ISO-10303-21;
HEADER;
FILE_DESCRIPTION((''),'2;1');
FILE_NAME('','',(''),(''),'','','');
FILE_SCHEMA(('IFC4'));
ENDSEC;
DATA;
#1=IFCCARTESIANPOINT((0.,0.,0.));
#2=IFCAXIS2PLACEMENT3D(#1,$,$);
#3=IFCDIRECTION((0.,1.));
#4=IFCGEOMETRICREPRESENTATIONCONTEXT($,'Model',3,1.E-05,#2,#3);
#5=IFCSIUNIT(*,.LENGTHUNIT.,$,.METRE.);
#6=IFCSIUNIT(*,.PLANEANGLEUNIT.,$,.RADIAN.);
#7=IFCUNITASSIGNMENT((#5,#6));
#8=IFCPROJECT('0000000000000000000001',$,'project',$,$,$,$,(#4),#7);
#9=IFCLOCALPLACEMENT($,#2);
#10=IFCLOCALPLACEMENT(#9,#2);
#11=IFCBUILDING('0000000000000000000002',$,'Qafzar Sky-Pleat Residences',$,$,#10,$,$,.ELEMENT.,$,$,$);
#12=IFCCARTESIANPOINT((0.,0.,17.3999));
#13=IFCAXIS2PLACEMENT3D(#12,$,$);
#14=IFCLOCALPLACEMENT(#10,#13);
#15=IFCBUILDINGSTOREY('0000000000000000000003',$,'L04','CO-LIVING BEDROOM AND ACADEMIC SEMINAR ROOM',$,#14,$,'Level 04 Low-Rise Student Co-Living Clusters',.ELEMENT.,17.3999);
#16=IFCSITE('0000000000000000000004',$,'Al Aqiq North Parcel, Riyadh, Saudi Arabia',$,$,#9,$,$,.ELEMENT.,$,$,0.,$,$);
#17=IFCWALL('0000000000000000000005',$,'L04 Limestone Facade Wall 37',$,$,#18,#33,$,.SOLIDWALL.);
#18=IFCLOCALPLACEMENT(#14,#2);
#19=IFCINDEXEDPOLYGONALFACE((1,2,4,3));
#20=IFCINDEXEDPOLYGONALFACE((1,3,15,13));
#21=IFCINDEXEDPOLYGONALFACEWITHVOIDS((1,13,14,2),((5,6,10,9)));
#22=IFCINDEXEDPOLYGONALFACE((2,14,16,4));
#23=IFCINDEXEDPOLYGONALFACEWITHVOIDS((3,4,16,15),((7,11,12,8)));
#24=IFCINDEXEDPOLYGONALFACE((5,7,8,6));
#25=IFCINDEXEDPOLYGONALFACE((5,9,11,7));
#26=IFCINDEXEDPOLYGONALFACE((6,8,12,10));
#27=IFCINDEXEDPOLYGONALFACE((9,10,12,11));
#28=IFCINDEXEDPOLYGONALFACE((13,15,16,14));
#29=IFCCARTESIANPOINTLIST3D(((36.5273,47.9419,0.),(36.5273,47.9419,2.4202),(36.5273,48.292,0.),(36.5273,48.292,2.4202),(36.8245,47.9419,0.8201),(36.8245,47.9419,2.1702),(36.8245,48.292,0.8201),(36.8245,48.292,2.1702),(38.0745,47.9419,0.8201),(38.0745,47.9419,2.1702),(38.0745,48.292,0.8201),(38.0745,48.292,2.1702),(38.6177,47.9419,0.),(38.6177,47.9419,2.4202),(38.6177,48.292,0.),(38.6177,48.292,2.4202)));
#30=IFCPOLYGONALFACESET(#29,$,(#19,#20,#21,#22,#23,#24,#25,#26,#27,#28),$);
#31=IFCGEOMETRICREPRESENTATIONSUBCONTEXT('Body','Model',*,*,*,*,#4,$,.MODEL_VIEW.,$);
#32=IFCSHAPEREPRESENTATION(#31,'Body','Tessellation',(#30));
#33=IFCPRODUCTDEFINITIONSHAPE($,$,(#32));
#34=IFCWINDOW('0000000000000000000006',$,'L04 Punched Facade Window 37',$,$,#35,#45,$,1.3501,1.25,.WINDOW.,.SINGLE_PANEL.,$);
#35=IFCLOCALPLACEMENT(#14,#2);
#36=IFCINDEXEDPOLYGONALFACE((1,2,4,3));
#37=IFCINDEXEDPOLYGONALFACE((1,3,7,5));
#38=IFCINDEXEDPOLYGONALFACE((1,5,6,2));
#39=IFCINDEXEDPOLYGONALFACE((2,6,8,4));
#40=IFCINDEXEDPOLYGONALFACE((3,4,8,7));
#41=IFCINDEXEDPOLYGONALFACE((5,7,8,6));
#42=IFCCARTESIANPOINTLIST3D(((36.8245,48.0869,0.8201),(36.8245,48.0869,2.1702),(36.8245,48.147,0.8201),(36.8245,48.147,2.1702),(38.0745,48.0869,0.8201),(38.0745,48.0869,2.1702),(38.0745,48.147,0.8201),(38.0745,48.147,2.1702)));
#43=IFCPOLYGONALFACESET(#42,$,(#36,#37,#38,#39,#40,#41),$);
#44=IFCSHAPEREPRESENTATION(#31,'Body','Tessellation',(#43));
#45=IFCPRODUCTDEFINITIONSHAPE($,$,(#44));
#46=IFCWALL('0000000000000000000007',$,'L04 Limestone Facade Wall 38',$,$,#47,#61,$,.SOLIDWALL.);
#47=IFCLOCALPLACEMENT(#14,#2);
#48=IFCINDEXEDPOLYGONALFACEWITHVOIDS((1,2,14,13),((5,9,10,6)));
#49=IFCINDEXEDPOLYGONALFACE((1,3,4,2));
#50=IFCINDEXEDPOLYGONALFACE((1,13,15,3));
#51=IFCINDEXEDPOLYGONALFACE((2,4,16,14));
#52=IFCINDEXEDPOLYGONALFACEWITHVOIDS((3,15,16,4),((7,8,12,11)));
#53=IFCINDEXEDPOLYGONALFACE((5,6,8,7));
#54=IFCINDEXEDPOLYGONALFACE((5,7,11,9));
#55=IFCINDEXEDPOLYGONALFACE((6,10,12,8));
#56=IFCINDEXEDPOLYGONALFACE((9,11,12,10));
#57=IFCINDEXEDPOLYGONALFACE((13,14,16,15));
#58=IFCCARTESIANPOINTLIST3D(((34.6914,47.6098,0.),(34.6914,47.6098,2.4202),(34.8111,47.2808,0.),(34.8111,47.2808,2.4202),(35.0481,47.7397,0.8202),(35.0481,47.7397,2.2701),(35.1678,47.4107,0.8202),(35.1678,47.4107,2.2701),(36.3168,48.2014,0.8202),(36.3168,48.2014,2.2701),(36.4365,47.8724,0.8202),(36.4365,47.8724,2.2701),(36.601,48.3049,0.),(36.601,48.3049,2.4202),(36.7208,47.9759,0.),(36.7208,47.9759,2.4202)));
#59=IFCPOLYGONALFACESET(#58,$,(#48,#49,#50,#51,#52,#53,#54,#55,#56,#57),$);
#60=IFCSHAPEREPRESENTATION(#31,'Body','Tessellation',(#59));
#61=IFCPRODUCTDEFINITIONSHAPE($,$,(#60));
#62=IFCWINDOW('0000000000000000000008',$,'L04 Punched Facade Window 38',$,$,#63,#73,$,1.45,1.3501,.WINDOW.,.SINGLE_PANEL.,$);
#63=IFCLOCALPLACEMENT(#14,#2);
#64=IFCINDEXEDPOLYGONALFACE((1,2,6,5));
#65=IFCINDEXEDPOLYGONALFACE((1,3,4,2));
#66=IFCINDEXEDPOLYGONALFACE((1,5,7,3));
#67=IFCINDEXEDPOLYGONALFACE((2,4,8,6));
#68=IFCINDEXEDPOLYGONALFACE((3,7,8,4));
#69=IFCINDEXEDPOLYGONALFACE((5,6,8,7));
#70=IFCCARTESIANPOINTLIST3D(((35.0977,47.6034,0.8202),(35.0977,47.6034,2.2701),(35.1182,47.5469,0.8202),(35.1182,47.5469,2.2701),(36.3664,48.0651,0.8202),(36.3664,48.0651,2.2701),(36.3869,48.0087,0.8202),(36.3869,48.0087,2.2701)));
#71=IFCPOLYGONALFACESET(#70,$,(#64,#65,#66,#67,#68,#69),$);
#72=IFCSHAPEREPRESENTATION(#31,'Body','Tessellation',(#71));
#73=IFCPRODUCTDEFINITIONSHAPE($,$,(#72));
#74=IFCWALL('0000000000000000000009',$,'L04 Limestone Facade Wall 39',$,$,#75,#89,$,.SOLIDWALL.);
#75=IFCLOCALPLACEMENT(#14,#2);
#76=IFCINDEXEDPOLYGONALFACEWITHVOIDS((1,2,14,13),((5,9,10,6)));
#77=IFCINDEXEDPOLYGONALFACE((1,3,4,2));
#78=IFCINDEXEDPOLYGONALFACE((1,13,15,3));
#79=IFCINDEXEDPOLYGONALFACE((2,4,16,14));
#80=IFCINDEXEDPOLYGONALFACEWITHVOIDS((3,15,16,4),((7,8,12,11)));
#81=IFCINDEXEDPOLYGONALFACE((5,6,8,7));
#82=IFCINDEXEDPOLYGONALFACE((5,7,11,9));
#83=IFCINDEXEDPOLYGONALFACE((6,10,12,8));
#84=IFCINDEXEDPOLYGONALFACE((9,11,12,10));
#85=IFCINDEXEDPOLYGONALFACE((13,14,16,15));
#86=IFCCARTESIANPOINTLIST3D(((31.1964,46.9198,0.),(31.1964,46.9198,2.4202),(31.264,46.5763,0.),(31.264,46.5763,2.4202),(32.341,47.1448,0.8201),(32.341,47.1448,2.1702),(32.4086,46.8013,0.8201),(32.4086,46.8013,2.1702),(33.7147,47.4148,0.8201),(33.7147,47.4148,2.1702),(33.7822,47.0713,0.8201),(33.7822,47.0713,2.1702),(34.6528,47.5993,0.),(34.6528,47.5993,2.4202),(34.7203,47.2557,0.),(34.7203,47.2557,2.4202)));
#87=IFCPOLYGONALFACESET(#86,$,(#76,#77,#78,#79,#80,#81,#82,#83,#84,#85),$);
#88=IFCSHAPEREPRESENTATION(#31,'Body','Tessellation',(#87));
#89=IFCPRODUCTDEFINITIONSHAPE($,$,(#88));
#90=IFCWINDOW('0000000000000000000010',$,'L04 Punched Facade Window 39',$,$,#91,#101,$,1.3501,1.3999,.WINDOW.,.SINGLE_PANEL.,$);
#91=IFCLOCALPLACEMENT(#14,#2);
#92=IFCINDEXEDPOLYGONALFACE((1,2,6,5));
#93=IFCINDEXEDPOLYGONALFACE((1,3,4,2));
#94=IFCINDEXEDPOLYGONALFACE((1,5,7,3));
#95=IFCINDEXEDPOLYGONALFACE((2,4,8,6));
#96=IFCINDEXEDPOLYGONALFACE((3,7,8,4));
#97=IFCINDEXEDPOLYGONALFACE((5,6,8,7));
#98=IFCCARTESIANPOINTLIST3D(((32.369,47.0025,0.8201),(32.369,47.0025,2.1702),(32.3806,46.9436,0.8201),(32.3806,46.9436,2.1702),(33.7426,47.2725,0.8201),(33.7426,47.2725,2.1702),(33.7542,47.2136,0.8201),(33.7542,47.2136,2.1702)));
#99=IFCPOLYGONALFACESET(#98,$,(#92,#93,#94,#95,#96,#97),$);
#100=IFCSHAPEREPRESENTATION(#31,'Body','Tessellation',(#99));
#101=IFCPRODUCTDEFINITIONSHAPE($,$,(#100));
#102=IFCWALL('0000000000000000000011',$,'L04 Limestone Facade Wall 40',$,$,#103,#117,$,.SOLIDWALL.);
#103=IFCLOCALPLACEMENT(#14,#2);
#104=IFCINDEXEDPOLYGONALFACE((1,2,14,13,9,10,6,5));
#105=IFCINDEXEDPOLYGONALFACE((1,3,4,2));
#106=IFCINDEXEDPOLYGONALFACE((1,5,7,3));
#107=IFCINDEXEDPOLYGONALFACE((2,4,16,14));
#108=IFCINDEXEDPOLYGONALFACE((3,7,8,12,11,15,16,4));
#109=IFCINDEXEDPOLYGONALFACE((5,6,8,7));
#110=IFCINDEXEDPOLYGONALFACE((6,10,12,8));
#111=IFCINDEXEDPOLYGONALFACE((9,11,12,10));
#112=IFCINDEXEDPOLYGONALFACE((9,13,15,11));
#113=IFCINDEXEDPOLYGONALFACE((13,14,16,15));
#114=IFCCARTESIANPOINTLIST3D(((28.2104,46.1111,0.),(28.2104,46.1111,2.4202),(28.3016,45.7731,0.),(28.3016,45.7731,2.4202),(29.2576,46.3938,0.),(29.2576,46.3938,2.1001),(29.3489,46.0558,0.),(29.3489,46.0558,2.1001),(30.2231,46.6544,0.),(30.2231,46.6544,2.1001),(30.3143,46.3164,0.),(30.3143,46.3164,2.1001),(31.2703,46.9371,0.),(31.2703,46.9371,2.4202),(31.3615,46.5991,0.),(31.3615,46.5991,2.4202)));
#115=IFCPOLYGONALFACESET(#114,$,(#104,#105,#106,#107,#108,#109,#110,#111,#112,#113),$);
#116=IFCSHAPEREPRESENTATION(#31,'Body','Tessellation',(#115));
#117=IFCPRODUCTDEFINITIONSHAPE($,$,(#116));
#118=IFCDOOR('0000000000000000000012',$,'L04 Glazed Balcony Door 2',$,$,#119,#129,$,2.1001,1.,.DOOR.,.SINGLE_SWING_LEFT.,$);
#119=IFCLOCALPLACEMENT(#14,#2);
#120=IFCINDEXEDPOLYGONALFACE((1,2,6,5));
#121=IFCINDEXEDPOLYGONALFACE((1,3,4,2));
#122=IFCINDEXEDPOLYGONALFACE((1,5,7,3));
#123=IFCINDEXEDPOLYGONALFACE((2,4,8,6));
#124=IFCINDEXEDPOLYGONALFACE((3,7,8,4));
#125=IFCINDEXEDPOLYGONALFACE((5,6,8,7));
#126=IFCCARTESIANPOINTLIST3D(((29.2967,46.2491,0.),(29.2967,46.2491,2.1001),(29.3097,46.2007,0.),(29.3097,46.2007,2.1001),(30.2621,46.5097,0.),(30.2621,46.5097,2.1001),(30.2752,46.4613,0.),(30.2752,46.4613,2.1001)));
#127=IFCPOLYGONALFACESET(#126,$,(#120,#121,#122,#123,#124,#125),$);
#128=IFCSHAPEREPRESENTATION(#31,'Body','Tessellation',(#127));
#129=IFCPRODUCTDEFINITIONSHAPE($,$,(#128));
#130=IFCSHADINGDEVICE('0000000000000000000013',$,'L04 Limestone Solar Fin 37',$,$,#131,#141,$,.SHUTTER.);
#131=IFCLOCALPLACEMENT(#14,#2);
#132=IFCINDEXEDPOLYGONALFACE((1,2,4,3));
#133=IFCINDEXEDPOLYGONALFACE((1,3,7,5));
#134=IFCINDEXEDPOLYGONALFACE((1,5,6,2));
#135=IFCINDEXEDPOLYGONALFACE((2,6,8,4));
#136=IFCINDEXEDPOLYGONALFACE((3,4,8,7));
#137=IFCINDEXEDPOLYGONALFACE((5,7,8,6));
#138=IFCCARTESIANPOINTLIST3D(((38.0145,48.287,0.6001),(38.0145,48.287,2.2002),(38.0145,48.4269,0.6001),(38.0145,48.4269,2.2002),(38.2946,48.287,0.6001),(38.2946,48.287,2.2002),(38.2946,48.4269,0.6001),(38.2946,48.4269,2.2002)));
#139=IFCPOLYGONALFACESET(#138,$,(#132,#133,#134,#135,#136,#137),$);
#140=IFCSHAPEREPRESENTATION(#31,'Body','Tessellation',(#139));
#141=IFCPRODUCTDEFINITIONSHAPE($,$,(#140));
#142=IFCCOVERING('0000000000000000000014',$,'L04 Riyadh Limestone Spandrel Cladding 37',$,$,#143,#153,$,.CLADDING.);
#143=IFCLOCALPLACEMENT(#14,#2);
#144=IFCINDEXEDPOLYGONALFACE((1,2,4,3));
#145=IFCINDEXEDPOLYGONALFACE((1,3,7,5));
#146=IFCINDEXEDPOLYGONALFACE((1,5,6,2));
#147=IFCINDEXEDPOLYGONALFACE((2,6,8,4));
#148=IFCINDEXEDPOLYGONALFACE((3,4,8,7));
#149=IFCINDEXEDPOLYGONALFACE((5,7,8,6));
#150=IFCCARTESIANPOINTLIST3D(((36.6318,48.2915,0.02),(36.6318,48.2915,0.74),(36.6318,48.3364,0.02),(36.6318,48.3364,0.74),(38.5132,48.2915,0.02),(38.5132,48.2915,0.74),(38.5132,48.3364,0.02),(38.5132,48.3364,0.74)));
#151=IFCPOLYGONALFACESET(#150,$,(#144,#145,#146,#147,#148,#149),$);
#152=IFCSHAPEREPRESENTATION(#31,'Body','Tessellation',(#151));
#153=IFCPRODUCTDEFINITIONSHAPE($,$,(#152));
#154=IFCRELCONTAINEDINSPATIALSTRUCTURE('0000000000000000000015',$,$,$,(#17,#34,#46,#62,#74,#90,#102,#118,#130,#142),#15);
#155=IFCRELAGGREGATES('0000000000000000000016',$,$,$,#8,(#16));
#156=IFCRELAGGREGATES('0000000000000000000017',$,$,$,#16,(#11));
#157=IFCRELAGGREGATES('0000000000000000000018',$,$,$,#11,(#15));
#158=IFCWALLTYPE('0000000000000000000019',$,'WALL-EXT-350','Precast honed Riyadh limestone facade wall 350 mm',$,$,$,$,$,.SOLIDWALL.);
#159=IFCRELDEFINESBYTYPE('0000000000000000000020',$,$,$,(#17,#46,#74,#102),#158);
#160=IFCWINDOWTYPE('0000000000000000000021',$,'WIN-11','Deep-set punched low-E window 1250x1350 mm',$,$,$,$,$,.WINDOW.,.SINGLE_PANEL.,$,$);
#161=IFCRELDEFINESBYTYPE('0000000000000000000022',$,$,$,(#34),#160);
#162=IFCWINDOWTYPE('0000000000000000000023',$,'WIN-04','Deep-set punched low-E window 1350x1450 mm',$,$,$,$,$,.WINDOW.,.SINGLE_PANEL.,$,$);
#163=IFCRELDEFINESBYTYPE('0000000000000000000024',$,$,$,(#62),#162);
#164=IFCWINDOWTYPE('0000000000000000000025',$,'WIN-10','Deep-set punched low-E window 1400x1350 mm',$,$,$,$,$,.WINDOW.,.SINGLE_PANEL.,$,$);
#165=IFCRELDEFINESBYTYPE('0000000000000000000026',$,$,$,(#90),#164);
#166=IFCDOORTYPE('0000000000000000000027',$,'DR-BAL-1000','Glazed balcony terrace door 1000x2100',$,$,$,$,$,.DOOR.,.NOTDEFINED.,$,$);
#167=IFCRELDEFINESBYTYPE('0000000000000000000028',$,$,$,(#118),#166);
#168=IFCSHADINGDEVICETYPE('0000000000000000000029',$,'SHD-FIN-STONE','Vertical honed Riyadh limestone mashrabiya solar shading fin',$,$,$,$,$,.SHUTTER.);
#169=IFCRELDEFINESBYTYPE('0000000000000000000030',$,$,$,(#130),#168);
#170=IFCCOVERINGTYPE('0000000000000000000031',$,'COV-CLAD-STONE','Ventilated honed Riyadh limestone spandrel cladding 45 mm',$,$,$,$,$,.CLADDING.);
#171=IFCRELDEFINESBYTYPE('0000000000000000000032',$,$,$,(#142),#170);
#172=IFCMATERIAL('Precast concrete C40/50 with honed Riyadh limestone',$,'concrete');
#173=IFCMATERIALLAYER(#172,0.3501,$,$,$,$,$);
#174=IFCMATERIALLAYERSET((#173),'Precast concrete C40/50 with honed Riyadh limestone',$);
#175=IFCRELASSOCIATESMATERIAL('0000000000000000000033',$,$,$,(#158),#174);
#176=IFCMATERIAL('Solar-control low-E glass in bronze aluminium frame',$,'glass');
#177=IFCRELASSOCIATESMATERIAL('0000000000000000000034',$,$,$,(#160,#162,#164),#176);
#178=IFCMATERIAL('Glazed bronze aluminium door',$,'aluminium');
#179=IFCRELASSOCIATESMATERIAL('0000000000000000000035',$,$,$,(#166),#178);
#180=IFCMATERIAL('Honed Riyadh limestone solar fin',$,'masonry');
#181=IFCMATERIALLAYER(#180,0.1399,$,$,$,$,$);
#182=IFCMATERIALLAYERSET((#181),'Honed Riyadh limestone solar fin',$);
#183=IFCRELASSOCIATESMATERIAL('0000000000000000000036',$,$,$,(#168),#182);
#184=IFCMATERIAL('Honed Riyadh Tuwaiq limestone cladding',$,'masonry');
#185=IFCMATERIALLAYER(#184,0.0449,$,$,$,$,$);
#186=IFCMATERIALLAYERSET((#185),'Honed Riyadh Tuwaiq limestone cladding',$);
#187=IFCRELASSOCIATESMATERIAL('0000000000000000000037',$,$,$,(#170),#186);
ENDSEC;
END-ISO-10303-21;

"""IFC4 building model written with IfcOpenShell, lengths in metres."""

from ifc_helpers import new_model, si_unit, direction, frame, frame_2d, origin, origin_2d, place, context, subcontext, project, spatial, rectangle, extrude, source, transform, mapped, material, layer, layer_set, type_object, element, fill, save


model = new_model("IFC4")

# Units and contexts
model_context = context("Model", 3, precision=1e-05, world=origin(), true_north=direction((0.0, 1.0)))
body_context = subcontext(model_context, "Body", "Model", "MODEL_VIEW")
ifc_project = project(units=[si_unit("LENGTHUNIT", "METRE"), si_unit("PLANEANGLEUNIT", "RADIAN")], contexts=[model_context])

# Site, building, storey
site_placement = place(None, origin())
site = spatial("IfcSite", under=ifc_project, at=site_placement, Name="Al Aqiq North Parcel, Riyadh, Saudi Arabia", CompositionType="ELEMENT", RefElevation=0.0)
building_placement = place(site_placement, origin())
building = spatial("IfcBuilding", under=site, at=building_placement, Name="Qafzar Sky-Pleat Residences", CompositionType="ELEMENT")
storey_placement = place(building_placement, frame((0.0, 0.0, 17.3999)))
storey = spatial("IfcBuildingStorey", under=building, at=storey_placement, Name="L04", Description="CO-LIVING BEDROOM AND ACADEMIC SEMINAR ROOM", LongName="Level 04 Low-Rise Student Co-Living Clusters", CompositionType="ELEMENT", Elevation=17.3999)

# Walls, openings, windows
ifc_material_1 = material(Name="Precast concrete C40/50 with honed Riyadh limestone", Category="concrete")
ifc_layer_1 = layer(ifc_material_1, 0.3501)
ifc_layer_set_1 = layer_set([ifc_layer_1], Name="Precast concrete C40/50 with honed Riyadh limestone")
wall_type_1 = type_object("IfcWallType", Name="WALL-EXT-350", Description="Precast honed Riyadh limestone facade wall 350 mm", PredefinedType="SOLIDWALL", material=ifc_layer_set_1)
wall_1_placement = place(storey_placement, frame((38.6177, 48.1169, 0.0), z_axis=(0.0, 0.0, 1.0), x_axis=(-1.0, 0.0, 0.0)))
wall_1 = element("IfcWall", 1, at=wall_1_placement, inside=storey, type_object=wall_type_1, Name="L04 Limestone Facade Wall 37", PredefinedType="SOLIDWALL", context=body_context, shape_type="SweptSolid", body=[
    extrude(rectangle(XDim=2.0903, YDim=0.3501, at=frame_2d((1.0452, 0.0))), origin(), (0.0, 0.0, 1.0), 2.4202),
])
opening_1_placement = place(wall_1_placement, frame((0.5432, 0.0, 0.8201)))
opening_1 = element("IfcOpeningElement", 2, at=opening_1_placement, cuts=wall_1, PredefinedType="OPENING", context=body_context, shape_type="SweptSolid", body=[
    extrude(rectangle(XDim=1.25, YDim=1.3501, at=frame_2d((0.625, 0.675))), frame((0.0, 0.1851, 0.0), z_axis=(0.0, -1.0, 0.0), x_axis=(1.0, 0.0, 0.0)), (0.0, 0.0, 1.0), 0.3701),
])
ifc_material_2 = material(Name="Solar-control low-E glass in bronze aluminium frame", Category="glass")
window_type_1 = type_object("IfcWindowType", Name="WIN-11", Description="Deep-set punched low-E window 1250x1350 mm", PartitioningType="SINGLE_PANEL", PredefinedType="WINDOW", material=ifc_material_2)
shared_shape_1 = source(origin(), body_context, "Body", "SweptSolid", [
    extrude(rectangle(XDim=1.25, YDim=1.3501, at=frame_2d((0.625, 0.675))), frame((0.0, 0.03, 0.0), z_axis=(0.0, -1.0, 0.0), x_axis=(1.0, 0.0, 0.0)), (0.0, 0.0, 1.0), 0.0601),
])
window_1_placement = place(opening_1_placement, origin())
window_1 = element("IfcWindow", 3, at=window_1_placement, inside=storey, type_object=window_type_1, Name="L04 Punched Facade Window 37", OverallHeight=1.3501, OverallWidth=1.25, PartitioningType="SINGLE_PANEL", PredefinedType="WINDOW", context=body_context, shape_type="MappedRepresentation", body=[
    mapped(shared_shape_1, transform((0.0, 0.0, 0.0), x_axis=(1.0, 0.0, 0.0), y_axis=(0.0, 1.0, 0.0), z_axis=(0.0, 0.0, 1.0), scale=1.0)),
])
fill(opening_1, window_1)
wall_2_placement = place(storey_placement, frame((36.6609, 48.1404, 0.0), z_axis=(0.0, 0.0, 1.0), x_axis=(-0.939692, -0.342023, 0.0)))
wall_2 = element("IfcWall", 4, at=wall_2_placement, inside=storey, type_object=wall_type_1, Name="L04 Limestone Facade Wall 38", PredefinedType="SOLIDWALL", context=body_context, shape_type="SweptSolid", body=[
    extrude(rectangle(XDim=2.0322, YDim=0.3501, at=frame_2d((1.0161, 0.0))), origin(), (0.0, 0.0, 1.0), 2.4202),
])
opening_2_placement = place(wall_2_placement, frame((0.3025, 0.0, 0.8201)))
opening_2 = element("IfcOpeningElement", 5, at=opening_2_placement, cuts=wall_2, PredefinedType="OPENING", context=body_context, shape_type="SweptSolid", body=[
    extrude(rectangle(XDim=1.3501, YDim=1.45, at=frame_2d((0.675, 0.7251))), frame((0.0, 0.1851, 0.0), z_axis=(0.0, -1.0, 0.0), x_axis=(1.0, 0.0, 0.0)), (0.0, 0.0, 1.0), 0.3701),
])
window_type_2 = type_object("IfcWindowType", Name="WIN-04", Description="Deep-set punched low-E window 1350x1450 mm", PartitioningType="SINGLE_PANEL", PredefinedType="WINDOW", material=ifc_material_2)
shared_shape_2 = source(origin(), body_context, "Body", "SweptSolid", [
    extrude(rectangle(XDim=1.3501, YDim=1.45, at=frame_2d((0.675, 0.7251))), frame((0.0, 0.03, 0.0), z_axis=(0.0, -1.0, 0.0), x_axis=(1.0, 0.0, 0.0)), (0.0, 0.0, 1.0), 0.0601),
])
window_2_placement = place(opening_2_placement, origin())
window_2 = element("IfcWindow", 6, at=window_2_placement, inside=storey, type_object=window_type_2, Name="L04 Punched Facade Window 38", OverallHeight=1.45, OverallWidth=1.3501, PartitioningType="SINGLE_PANEL", PredefinedType="WINDOW", context=body_context, shape_type="MappedRepresentation", body=[
    mapped(shared_shape_2, transform((0.0, 0.0, 0.0), x_axis=(1.0, 0.0, 0.0), y_axis=(0.0, 1.0, 0.0), z_axis=(0.0, 0.0, 1.0), scale=1.0)),
])
fill(opening_2, window_2)
wall_3_placement = place(storey_placement, frame((34.6865, 47.4275, 0.0), z_axis=(0.0, 0.0, 1.0), x_axis=(-0.98122, -0.192889, 0.0)))
wall_3 = element("IfcWall", 7, at=wall_3_placement, inside=storey, type_object=wall_type_1, Name="L04 Limestone Facade Wall 39", PredefinedType="SOLIDWALL", context=body_context, shape_type="SweptSolid", body=[
    extrude(rectangle(XDim=3.5225, YDim=0.3501, at=frame_2d((1.7612, 0.0))), origin(), (0.0, 0.0, 1.0), 2.4202),
])
opening_3_placement = place(wall_3_placement, frame((0.9561, 0.0, 0.8201)))
opening_3 = element("IfcOpeningElement", 8, at=opening_3_placement, cuts=wall_3, PredefinedType="OPENING", context=body_context, shape_type="SweptSolid", body=[
    extrude(rectangle(XDim=1.3999, YDim=1.3501, at=frame_2d((0.7, 0.675))), frame((0.0, 0.1851, 0.0), z_axis=(0.0, -1.0, 0.0), x_axis=(1.0, 0.0, 0.0)), (0.0, 0.0, 1.0), 0.3701),
])
window_type_3 = type_object("IfcWindowType", Name="WIN-10", Description="Deep-set punched low-E window 1400x1350 mm", PartitioningType="SINGLE_PANEL", PredefinedType="WINDOW", material=ifc_material_2)
shared_shape_3 = source(origin(), body_context, "Body", "SweptSolid", [
    extrude(rectangle(XDim=1.3999, YDim=1.3501, at=frame_2d((0.7, 0.675))), frame((0.0, 0.03, 0.0), z_axis=(0.0, -1.0, 0.0), x_axis=(1.0, 0.0, 0.0)), (0.0, 0.0, 1.0), 0.0601),
])
window_3_placement = place(opening_3_placement, origin())
window_3 = element("IfcWindow", 9, at=window_3_placement, inside=storey, type_object=window_type_3, Name="L04 Punched Facade Window 39", OverallHeight=1.3501, OverallWidth=1.3999, PartitioningType="SINGLE_PANEL", PredefinedType="WINDOW", context=body_context, shape_type="MappedRepresentation", body=[
    mapped(shared_shape_3, transform((0.0, 0.0, 0.0), x_axis=(1.0, 0.0, 0.0), y_axis=(0.0, 1.0, 0.0), z_axis=(0.0, 0.0, 1.0), scale=1.0)),
])
fill(opening_3, window_3)

# Wall, opening, door
wall_4_placement = place(storey_placement, frame((31.3159, 46.7681, 0.0), z_axis=(0.0, 0.0, 1.0), x_axis=(-0.965447, -0.260601, 0.0)))
wall_4 = element("IfcWall", 10, at=wall_4_placement, inside=storey, type_object=wall_type_1, Name="L04 Limestone Facade Wall 40", PredefinedType="SOLIDWALL", context=body_context, shape_type="SweptSolid", body=[
    extrude(rectangle(XDim=3.1694, YDim=0.3501, at=frame_2d((1.5847, 0.0))), origin(), (0.0, 0.0, 1.0), 2.4202),
])
opening_4_placement = place(wall_4_placement, frame((1.0847, 0.0, 0.0)))
opening_4 = element("IfcOpeningElement", 11, at=opening_4_placement, cuts=wall_4, PredefinedType="OPENING", context=body_context, shape_type="SweptSolid", body=[
    extrude(rectangle(XDim=1.0, YDim=2.1001, at=frame_2d((0.5, 1.05))), frame((0.0, 0.1851, 0.0), z_axis=(0.0, -1.0, 0.0), x_axis=(1.0, 0.0, 0.0)), (0.0, 0.0, 1.0), 0.3701),
])
ifc_material_3 = material(Name="Glazed bronze aluminium door", Category="aluminium")
door_type_1 = type_object("IfcDoorType", Name="DR-BAL-1000", Description="Glazed balcony terrace door 1000x2100", OperationType="NOTDEFINED", PredefinedType="DOOR", material=ifc_material_3)
shared_shape_4 = source(origin(), body_context, "Body", "SweptSolid", [
    extrude(rectangle(XDim=1.0, YDim=2.1001, at=frame_2d((0.5, 1.05))), frame((0.0, 0.0249, 0.0), z_axis=(0.0, -1.0, 0.0), x_axis=(1.0, 0.0, 0.0)), (0.0, 0.0, 1.0), 0.05),
])
door_1_placement = place(opening_4_placement, origin())
door_1 = element("IfcDoor", 12, at=door_1_placement, inside=storey, type_object=door_type_1, Name="L04 Glazed Balcony Door 2", OperationType="SINGLE_SWING_LEFT", OverallHeight=2.1001, OverallWidth=1.0, PredefinedType="DOOR", context=body_context, shape_type="MappedRepresentation", body=[
    mapped(shared_shape_4, transform((0.0, 0.0, 0.0), x_axis=(1.0, 0.0, 0.0), y_axis=(0.0, 1.0, 0.0), z_axis=(0.0, 0.0, 1.0), scale=1.0)),
])
fill(opening_4, door_1)

# Shading device
ifc_material_4 = material(Name="Honed Riyadh limestone solar fin", Category="masonry")
ifc_layer_2 = layer(ifc_material_4, 0.1399)
ifc_layer_set_2 = layer_set([ifc_layer_2], Name="Honed Riyadh limestone solar fin")
shading_device_type = type_object("IfcShadingDeviceType", Name="SHD-FIN-STONE", Description="Vertical honed Riyadh limestone mashrabiya solar shading fin", PredefinedType="SHUTTER", material=ifc_layer_set_2)
shared_shape_5 = source(origin(), body_context, "Body", "SweptSolid", [
    extrude(rectangle(XDim=0.1399, YDim=0.28, at=origin_2d()), origin(), (0.0, 0.0, 1.0), 1.6001),
])
shading_device_placement = place(storey_placement, frame((38.1545, 48.3569, 0.6001), z_axis=(0.0, 0.0, 1.0), x_axis=(0.0, 1.0, 0.0)))
element("IfcShadingDevice", 13, at=shading_device_placement, inside=storey, type_object=shading_device_type, Name="L04 Limestone Solar Fin 37", PredefinedType="SHUTTER", context=body_context, shape_type="MappedRepresentation", body=[
    mapped(shared_shape_5, transform((0.0, 0.0, 0.0), x_axis=(1.0, 0.0, 0.0), y_axis=(0.0, 1.0, 0.0), z_axis=(0.0, 0.0, 1.0), scale=1.0)),
])

# Covering
ifc_material_5 = material(Name="Honed Riyadh Tuwaiq limestone cladding", Category="masonry")
ifc_layer_3 = layer(ifc_material_5, 0.0449)
ifc_layer_set_3 = layer_set([ifc_layer_3], Name="Honed Riyadh Tuwaiq limestone cladding")
covering_type = type_object("IfcCoveringType", Name="COV-CLAD-STONE", Description="Ventilated honed Riyadh limestone spandrel cladding 45 mm", PredefinedType="CLADDING", material=ifc_layer_set_3)
shared_shape_6 = source(origin(), body_context, "Body", "SweptSolid", [
    extrude(rectangle(XDim=1.8813, YDim=0.0449, at=origin_2d()), origin(), (0.0, 0.0, 1.0), 0.72),
])
covering_placement = place(storey_placement, frame((37.5725, 48.314, 0.02), z_axis=(0.0, 0.0, 1.0), x_axis=(-1.0, 0.0, 0.0)))
element("IfcCovering", 14, at=covering_placement, inside=storey, type_object=covering_type, Name="L04 Riyadh Limestone Spandrel Cladding 37", PredefinedType="CLADDING", context=body_context, shape_type="MappedRepresentation", body=[
    mapped(shared_shape_6, transform((0.0, 0.0, 0.0), x_axis=(1.0, 0.0, 0.0), y_axis=(0.0, 1.0, 0.0), z_axis=(0.0, 0.0, 1.0), scale=1.0)),
])

save(model, "model.ifc")
